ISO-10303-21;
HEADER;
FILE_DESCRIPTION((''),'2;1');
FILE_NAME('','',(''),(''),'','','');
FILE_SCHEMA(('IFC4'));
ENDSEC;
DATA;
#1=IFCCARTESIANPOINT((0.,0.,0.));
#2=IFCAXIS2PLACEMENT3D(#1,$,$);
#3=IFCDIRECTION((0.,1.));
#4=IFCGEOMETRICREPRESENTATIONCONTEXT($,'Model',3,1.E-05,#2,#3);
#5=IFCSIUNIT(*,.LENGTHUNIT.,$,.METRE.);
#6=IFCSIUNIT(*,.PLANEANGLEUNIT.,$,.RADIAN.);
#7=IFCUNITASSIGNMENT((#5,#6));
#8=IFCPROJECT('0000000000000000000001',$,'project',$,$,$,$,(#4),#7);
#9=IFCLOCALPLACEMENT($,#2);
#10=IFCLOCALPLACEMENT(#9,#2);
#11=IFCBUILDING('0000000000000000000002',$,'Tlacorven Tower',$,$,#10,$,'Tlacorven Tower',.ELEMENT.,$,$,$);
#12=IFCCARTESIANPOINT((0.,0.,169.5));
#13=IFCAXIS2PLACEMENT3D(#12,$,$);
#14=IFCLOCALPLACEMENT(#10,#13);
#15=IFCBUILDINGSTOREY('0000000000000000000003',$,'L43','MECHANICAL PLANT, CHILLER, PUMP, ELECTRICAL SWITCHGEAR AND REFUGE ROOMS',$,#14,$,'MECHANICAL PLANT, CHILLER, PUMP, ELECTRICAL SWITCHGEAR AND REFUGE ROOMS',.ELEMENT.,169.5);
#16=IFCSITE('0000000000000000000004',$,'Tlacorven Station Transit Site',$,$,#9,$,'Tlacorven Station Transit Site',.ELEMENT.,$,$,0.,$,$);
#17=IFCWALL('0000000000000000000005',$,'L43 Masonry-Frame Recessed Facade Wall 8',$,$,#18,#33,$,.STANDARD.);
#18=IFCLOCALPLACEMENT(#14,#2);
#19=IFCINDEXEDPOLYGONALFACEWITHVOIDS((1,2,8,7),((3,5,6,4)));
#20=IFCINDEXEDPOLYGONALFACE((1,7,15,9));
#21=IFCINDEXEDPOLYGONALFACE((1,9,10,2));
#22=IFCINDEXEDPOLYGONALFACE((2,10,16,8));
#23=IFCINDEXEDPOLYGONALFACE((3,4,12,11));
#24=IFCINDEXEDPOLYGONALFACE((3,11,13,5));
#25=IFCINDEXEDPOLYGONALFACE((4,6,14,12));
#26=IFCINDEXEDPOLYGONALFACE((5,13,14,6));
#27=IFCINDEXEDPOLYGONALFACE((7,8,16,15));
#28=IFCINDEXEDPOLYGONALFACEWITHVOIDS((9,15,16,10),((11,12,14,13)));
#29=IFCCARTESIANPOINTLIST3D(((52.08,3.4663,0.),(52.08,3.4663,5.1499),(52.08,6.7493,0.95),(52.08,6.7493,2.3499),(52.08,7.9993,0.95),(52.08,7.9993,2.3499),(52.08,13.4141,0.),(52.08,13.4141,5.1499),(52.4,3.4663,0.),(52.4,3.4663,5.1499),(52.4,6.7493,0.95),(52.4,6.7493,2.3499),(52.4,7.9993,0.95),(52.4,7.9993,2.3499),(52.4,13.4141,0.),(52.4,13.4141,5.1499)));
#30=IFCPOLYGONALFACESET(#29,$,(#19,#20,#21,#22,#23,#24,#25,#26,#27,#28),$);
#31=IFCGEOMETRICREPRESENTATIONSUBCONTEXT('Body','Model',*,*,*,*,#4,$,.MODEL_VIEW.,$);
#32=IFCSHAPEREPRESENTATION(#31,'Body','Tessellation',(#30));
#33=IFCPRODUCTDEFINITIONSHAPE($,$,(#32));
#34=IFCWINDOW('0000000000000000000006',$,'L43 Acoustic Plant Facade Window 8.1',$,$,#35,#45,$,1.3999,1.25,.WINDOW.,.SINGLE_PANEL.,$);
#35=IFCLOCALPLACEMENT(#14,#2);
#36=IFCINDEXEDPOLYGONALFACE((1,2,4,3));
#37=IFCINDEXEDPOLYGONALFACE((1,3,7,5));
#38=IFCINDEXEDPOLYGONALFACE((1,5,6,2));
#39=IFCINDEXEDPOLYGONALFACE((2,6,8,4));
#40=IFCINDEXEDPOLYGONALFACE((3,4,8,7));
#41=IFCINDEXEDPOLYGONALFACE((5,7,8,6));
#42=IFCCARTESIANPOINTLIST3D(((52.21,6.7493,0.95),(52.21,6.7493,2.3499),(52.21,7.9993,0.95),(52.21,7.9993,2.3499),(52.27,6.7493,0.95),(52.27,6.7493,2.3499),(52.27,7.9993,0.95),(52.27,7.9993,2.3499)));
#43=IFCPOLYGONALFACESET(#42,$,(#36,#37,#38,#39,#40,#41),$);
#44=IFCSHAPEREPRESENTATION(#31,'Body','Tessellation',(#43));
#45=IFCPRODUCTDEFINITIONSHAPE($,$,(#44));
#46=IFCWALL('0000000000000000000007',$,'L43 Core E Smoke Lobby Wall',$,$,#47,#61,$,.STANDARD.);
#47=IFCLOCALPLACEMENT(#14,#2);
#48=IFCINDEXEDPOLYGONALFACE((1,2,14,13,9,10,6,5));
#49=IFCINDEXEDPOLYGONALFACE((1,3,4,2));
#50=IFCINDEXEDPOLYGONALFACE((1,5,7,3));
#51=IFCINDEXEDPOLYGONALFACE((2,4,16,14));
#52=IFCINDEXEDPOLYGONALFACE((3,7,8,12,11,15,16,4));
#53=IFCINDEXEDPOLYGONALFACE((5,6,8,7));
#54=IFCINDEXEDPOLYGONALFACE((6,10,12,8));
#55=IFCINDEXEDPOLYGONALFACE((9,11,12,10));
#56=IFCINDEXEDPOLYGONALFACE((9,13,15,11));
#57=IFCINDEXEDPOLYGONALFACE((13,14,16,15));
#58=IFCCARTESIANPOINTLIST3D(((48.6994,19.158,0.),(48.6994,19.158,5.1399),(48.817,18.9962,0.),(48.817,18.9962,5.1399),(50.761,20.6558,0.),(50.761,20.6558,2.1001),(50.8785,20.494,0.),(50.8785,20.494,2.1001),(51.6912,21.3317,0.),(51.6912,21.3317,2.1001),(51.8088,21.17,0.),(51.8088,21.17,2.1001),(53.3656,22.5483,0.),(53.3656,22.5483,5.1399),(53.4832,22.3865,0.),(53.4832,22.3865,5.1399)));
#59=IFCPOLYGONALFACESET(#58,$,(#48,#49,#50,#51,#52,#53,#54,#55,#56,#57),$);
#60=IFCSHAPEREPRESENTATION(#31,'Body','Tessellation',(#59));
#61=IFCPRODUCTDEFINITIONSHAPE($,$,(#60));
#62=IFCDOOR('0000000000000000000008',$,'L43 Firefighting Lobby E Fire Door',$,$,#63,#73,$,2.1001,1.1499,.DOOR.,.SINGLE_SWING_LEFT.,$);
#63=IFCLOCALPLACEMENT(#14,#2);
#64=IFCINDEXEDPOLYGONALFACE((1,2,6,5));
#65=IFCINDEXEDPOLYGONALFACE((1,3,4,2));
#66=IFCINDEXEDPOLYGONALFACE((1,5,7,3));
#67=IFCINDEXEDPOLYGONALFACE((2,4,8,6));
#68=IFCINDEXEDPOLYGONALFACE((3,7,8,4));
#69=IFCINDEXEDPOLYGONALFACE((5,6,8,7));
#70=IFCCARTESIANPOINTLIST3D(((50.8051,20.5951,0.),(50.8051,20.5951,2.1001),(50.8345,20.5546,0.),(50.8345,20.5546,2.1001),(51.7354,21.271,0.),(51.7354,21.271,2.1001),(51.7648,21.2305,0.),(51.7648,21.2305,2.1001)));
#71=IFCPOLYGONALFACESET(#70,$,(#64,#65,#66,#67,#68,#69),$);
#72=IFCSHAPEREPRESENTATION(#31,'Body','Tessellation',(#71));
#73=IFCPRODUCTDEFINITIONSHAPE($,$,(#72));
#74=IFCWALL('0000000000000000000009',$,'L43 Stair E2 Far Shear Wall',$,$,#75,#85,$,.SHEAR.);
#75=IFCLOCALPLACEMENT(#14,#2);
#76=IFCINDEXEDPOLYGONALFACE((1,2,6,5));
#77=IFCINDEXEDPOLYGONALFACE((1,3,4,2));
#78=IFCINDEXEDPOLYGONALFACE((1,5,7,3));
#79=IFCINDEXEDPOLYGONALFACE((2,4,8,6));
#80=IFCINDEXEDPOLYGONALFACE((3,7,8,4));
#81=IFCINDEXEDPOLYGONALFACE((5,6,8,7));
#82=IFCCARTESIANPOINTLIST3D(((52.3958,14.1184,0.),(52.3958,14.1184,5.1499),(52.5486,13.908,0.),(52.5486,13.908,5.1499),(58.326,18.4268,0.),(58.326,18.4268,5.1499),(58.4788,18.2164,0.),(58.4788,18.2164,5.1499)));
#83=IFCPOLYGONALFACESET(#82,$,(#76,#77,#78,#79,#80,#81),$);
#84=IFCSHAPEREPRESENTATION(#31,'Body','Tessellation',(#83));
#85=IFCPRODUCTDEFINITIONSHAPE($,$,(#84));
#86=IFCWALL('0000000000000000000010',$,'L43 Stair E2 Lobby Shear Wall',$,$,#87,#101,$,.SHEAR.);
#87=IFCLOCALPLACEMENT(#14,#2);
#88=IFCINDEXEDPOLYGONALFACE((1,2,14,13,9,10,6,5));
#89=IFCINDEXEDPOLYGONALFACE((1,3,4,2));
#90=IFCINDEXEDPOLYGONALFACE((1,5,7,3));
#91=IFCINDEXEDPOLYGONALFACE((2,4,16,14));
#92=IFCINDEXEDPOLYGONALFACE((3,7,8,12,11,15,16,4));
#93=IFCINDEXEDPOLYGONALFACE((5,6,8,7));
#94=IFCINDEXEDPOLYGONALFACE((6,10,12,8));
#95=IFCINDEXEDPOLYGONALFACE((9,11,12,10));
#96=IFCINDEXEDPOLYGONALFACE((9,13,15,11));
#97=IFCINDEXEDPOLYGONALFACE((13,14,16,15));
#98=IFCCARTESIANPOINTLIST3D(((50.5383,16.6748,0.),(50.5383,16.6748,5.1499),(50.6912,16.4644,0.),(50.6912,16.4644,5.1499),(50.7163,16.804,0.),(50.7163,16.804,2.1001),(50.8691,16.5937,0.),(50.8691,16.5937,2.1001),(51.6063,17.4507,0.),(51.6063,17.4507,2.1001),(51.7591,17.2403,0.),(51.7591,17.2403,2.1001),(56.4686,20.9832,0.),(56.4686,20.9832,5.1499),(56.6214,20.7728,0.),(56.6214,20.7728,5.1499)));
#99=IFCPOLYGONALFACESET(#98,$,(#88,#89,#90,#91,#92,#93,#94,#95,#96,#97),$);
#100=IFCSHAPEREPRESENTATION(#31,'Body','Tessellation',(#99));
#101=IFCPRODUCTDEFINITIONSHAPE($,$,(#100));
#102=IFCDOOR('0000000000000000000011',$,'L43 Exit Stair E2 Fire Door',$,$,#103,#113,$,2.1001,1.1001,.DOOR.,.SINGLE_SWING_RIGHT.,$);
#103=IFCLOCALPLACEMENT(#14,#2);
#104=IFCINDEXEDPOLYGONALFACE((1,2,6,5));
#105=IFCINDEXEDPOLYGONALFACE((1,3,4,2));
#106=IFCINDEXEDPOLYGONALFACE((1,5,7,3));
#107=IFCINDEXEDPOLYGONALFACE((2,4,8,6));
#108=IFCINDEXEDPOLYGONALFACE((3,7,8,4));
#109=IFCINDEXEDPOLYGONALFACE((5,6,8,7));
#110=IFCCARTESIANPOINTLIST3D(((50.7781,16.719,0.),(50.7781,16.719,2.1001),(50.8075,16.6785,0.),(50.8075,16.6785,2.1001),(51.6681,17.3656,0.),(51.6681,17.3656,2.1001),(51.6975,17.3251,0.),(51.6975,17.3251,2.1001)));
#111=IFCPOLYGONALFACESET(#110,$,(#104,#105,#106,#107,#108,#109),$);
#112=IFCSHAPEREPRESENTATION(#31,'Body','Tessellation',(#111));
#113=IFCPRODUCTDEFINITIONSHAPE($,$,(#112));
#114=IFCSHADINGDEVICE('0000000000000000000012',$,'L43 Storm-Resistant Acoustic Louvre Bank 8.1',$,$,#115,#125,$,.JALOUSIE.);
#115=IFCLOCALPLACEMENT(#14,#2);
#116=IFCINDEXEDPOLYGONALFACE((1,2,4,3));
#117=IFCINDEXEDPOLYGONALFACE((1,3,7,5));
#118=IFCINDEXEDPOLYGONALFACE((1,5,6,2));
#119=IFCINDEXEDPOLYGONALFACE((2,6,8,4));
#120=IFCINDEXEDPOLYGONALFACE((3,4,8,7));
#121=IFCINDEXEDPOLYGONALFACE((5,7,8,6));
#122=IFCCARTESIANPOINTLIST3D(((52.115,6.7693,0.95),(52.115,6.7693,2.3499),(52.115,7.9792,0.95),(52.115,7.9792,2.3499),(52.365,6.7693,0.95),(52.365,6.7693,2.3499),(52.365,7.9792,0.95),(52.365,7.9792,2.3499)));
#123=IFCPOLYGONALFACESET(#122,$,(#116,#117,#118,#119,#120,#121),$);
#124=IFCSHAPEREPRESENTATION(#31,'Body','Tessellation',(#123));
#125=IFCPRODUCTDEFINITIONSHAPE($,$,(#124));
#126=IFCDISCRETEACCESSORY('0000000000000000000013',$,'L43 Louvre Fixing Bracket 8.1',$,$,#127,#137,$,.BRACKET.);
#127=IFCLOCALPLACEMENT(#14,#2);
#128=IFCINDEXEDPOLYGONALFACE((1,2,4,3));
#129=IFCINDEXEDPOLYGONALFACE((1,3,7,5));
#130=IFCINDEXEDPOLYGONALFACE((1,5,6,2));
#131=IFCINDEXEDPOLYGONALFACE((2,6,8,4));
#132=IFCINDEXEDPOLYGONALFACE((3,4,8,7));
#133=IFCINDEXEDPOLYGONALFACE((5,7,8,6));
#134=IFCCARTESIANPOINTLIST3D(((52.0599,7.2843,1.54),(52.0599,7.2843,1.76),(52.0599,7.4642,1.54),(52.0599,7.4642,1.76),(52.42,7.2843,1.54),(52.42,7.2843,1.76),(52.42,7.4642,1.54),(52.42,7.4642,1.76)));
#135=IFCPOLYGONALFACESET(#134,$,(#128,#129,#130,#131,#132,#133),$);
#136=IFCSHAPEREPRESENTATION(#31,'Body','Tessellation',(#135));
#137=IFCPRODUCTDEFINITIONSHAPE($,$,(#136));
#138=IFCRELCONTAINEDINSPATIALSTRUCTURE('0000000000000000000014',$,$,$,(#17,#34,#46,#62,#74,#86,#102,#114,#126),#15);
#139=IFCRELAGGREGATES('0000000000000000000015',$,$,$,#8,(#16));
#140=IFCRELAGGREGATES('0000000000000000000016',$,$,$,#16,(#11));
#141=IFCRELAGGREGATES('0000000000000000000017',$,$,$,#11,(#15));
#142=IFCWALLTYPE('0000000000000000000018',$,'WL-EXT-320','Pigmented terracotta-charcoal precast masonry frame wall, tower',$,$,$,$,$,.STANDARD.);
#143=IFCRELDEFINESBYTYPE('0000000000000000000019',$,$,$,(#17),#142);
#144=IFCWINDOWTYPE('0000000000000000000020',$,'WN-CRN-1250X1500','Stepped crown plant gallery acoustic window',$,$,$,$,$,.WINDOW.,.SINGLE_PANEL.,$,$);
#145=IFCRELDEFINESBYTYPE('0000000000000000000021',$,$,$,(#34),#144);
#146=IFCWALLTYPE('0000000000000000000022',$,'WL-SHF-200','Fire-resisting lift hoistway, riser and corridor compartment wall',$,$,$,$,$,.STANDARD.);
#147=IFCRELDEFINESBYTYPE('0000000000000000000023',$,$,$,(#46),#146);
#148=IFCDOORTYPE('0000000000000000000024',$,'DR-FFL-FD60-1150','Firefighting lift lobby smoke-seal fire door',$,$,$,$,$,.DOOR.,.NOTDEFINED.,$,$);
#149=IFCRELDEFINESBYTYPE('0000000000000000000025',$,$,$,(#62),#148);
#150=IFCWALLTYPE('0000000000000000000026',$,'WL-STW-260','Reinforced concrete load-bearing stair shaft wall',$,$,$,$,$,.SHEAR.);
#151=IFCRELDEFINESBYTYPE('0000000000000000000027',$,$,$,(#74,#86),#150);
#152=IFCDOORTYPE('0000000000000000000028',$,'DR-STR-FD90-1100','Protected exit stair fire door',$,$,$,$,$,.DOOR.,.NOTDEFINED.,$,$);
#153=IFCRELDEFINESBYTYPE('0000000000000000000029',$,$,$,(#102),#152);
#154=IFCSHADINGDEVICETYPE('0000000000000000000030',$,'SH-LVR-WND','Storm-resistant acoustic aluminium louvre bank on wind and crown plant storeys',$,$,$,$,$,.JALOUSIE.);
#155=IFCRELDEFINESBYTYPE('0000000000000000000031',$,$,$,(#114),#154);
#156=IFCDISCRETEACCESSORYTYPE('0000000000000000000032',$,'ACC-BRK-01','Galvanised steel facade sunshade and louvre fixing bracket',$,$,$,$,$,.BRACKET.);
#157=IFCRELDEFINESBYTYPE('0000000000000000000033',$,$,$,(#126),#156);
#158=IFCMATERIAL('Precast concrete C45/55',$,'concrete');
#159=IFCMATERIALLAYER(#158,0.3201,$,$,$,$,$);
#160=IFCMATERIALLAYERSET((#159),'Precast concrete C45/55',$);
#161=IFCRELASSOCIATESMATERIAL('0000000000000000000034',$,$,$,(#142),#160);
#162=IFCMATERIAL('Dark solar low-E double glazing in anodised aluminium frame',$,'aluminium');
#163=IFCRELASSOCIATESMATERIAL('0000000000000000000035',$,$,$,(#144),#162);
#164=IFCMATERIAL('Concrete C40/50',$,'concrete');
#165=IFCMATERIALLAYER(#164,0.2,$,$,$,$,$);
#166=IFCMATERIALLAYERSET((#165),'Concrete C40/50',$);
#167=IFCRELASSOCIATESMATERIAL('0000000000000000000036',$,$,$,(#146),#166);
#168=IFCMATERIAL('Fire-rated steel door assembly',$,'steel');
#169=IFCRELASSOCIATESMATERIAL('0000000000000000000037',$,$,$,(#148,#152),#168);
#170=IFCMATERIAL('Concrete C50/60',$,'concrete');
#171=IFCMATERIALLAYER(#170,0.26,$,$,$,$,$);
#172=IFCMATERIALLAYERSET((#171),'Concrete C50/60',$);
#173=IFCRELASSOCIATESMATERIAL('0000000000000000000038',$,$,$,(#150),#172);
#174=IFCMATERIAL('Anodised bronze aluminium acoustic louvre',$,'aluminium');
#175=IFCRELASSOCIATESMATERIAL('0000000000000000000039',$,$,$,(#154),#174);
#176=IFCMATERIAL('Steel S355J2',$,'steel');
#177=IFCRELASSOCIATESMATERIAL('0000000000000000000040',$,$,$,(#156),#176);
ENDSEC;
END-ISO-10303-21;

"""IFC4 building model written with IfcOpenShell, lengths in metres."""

from ifc_helpers import new_model, si_unit, direction, frame, frame_2d, origin, origin_2d, place, context, subcontext, project, spatial, rectangle, extrude, source, transform, mapped, material, layer, layer_set, type_object, element, fill, save


model = new_model("IFC4")

# Units and contexts
model_context = context("Model", 3, precision=1e-05, world=origin(), true_north=direction((0.0, 1.0)))
body_context = subcontext(model_context, "Body", "Model", "MODEL_VIEW")
ifc_project = project(units=[si_unit("LENGTHUNIT", "METRE"), si_unit("PLANEANGLEUNIT", "RADIAN")], contexts=[model_context])

# Site, building, storey
site_placement = place(None, origin())
site = spatial("IfcSite", under=ifc_project, at=site_placement, Name="Tlacorven Station Transit Site", LongName="Tlacorven Station Transit Site", CompositionType="ELEMENT", RefElevation=0.0)
building_placement = place(site_placement, origin())
building = spatial("IfcBuilding", under=site, at=building_placement, Name="Tlacorven Tower", LongName="Tlacorven Tower", CompositionType="ELEMENT")
storey_placement = place(building_placement, frame((0.0, 0.0, 169.5)))
storey = spatial("IfcBuildingStorey", under=building, at=storey_placement, Name="L43", Description="MECHANICAL PLANT, CHILLER, PUMP, ELECTRICAL SWITCHGEAR AND REFUGE ROOMS", LongName="MECHANICAL PLANT, CHILLER, PUMP, ELECTRICAL SWITCHGEAR AND REFUGE ROOMS", CompositionType="ELEMENT", Elevation=169.5)

# Wall, opening, window
ifc_material_1 = material(Name="Precast concrete C45/55", Category="concrete")
ifc_layer_1 = layer(ifc_material_1, 0.3201)
ifc_layer_set_1 = layer_set([ifc_layer_1], Name="Precast concrete C45/55")
wall_type_1 = type_object("IfcWallType", Name="WL-EXT-320", Description="Pigmented terracotta-charcoal precast masonry frame wall, tower", PredefinedType="STANDARD", material=ifc_layer_set_1)
wall_1_placement = place(storey_placement, frame((52.24, 13.4141, 0.0), z_axis=(0.0, 0.0, 1.0), x_axis=(0.0, -1.0, 0.0)))
wall_1 = element("IfcWall", 1, at=wall_1_placement, inside=storey, type_object=wall_type_1, Name="L43 Masonry-Frame Recessed Facade Wall 8", PredefinedType="STANDARD", context=body_context, shape_type="SweptSolid", body=[
    extrude(rectangle(XDim=9.9478, YDim=0.3201, at=frame_2d((4.9739, 0.0))), origin(), (0.0, 0.0, 1.0), 5.1499),
])
opening_1_placement = place(wall_1_placement, frame((5.4148, 0.0, 0.95)))
opening_1 = element("IfcOpeningElement", 2, at=opening_1_placement, cuts=wall_1, PredefinedType="OPENING", context=body_context, shape_type="SweptSolid", body=[
    extrude(rectangle(XDim=1.25, YDim=1.3999, at=frame_2d((0.625, 0.7))), frame((0.0, 0.1699, 0.0), z_axis=(0.0, -1.0, 0.0), x_axis=(1.0, 0.0, 0.0)), (0.0, 0.0, 1.0), 0.3401),
])
ifc_material_2 = material(Name="Dark solar low-E double glazing in anodised aluminium frame", Category="aluminium")
window_type = type_object("IfcWindowType", Name="WN-CRN-1250X1500", Description="Stepped crown plant gallery acoustic window", PartitioningType="SINGLE_PANEL", PredefinedType="WINDOW", material=ifc_material_2)
shared_shape_1 = source(origin(), body_context, "Body", "SweptSolid", [
    extrude(rectangle(XDim=1.25, YDim=1.3999, at=frame_2d((0.625, 0.7))), frame((0.0, 0.03, 0.0), z_axis=(0.0, -1.0, 0.0), x_axis=(1.0, 0.0, 0.0)), (0.0, 0.0, 1.0), 0.0601),
])
window_placement = place(opening_1_placement, origin())
window = element("IfcWindow", 3, at=window_placement, inside=storey, type_object=window_type, Name="L43 Acoustic Plant Facade Window 8.1", OverallHeight=1.3999, OverallWidth=1.25, PartitioningType="SINGLE_PANEL", PredefinedType="WINDOW", context=body_context, shape_type="MappedRepresentation", body=[
    mapped(shared_shape_1, transform((0.0, 0.0, 0.0), scale=1.0)),
])
fill(opening_1, window)

# Wall, opening, door
ifc_material_3 = material(Name="Concrete C40/50", Category="concrete")
ifc_layer_2 = layer(ifc_material_3, 0.2)
ifc_layer_set_2 = layer_set([ifc_layer_2], Name="Concrete C40/50")
wall_type_2 = type_object("IfcWallType", Name="WL-SHF-200", Description="Fire-resisting lift hoistway, riser and corridor compartment wall", PredefinedType="STANDARD", material=ifc_layer_set_2)
wall_2_placement = place(storey_placement, frame((48.7583, 19.0771, 0.0), z_axis=(0.0, 0.0, 1.0), x_axis=(0.809005, 0.587802, 0.0)))
wall_2 = element("IfcWall", 4, at=wall_2_placement, inside=storey, type_object=wall_type_2, Name="L43 Core E Smoke Lobby Wall", PredefinedType="STANDARD", context=body_context, shape_type="SweptSolid", body=[
    extrude(rectangle(XDim=5.7678, YDim=0.2, at=frame_2d((2.8838, 0.0))), origin(), (0.0, 0.0, 1.0), 5.1399),
])
opening_2_placement = place(wall_2_placement, frame((2.5481, 0.0, 0.0)))
opening_2 = element("IfcOpeningElement", 5, at=opening_2_placement, cuts=wall_2, PredefinedType="OPENING", context=body_context, shape_type="SweptSolid", body=[
    extrude(rectangle(XDim=1.1499, YDim=2.1001, at=frame_2d((0.575, 1.05))), frame((0.0, 0.1099, 0.0), z_axis=(0.0, -1.0, 0.0), x_axis=(1.0, 0.0, 0.0)), (0.0, 0.0, 1.0), 0.22),
])
ifc_material_4 = material(Name="Fire-rated steel door assembly", Category="steel")
door_type_1 = type_object("IfcDoorType", Name="DR-FFL-FD60-1150", Description="Firefighting lift lobby smoke-seal fire door", OperationType="NOTDEFINED", PredefinedType="DOOR", material=ifc_material_4)
shared_shape_2 = source(origin(), body_context, "Body", "SweptSolid", [
    extrude(rectangle(XDim=1.1499, YDim=2.1001, at=frame_2d((0.575, 1.05))), frame((0.0, 0.0249, 0.0), z_axis=(0.0, -1.0, 0.0), x_axis=(1.0, 0.0, 0.0)), (0.0, 0.0, 1.0), 0.05),
])
door_1_placement = place(opening_2_placement, origin())
door_1 = element("IfcDoor", 6, at=door_1_placement, inside=storey, type_object=door_type_1, Name="L43 Firefighting Lobby E Fire Door", OperationType="SINGLE_SWING_LEFT", OverallHeight=2.1001, OverallWidth=1.1499, PredefinedType="DOOR", context=body_context, shape_type="MappedRepresentation", body=[
    mapped(shared_shape_2, transform((0.0, 0.0, 0.0), scale=1.0)),
])
fill(opening_2, door_1)

# Wall
ifc_material_5 = material(Name="Concrete C50/60", Category="concrete")
ifc_layer_3 = layer(ifc_material_5, 0.26)
ifc_layer_set_3 = layer_set([ifc_layer_3], Name="Concrete C50/60")
wall_type_3 = type_object("IfcWallType", Name="WL-STW-260", Description="Reinforced concrete load-bearing stair shaft wall", PredefinedType="SHEAR", material=ifc_layer_set_3)
wall_3_placement = place(storey_placement, frame((52.4722, 14.0132, 0.0), z_axis=(0.0, 0.0, 1.0), x_axis=(0.809028, 0.58777, 0.0)))
element("IfcWall", 7, at=wall_3_placement, inside=storey, type_object=wall_type_3, Name="L43 Stair E2 Far Shear Wall", PredefinedType="SHEAR", context=body_context, shape_type="SweptSolid", body=[
    extrude(rectangle(XDim=7.3301, YDim=0.26, at=frame_2d((3.665, 0.0))), origin(), (0.0, 0.0, 1.0), 5.1499),
])

# Wall, opening, door
wall_4_placement = place(storey_placement, frame((50.6147, 16.5696, 0.0), z_axis=(0.0, 0.0, 1.0), x_axis=(0.809028, 0.58777, 0.0)))
wall_4 = element("IfcWall", 8, at=wall_4_placement, inside=storey, type_object=wall_type_3, Name="L43 Stair E2 Lobby Shear Wall", PredefinedType="SHEAR", context=body_context, shape_type="SweptSolid", body=[
    extrude(rectangle(XDim=7.3301, YDim=0.26, at=frame_2d((3.665, 0.0))), origin(), (0.0, 0.0, 1.0), 5.1499),
])
opening_3_placement = place(wall_4_placement, frame((0.22, 0.0, 0.0)))
opening_3 = element("IfcOpeningElement", 9, at=opening_3_placement, cuts=wall_4, PredefinedType="OPENING", context=body_context, shape_type="SweptSolid", body=[
    extrude(rectangle(XDim=1.1001, YDim=2.1001, at=frame_2d((0.55, 1.05))), frame((0.0, 0.1401, 0.0), z_axis=(0.0, -1.0, 0.0), x_axis=(1.0, 0.0, 0.0)), (0.0, 0.0, 1.0), 0.28),
])
door_type_2 = type_object("IfcDoorType", Name="DR-STR-FD90-1100", Description="Protected exit stair fire door", OperationType="NOTDEFINED", PredefinedType="DOOR", material=ifc_material_4)
shared_shape_3 = source(origin(), body_context, "Body", "SweptSolid", [
    extrude(rectangle(XDim=1.1001, YDim=2.1001, at=frame_2d((0.55, 1.05))), frame((0.0, 0.0249, 0.0), z_axis=(0.0, -1.0, 0.0), x_axis=(1.0, 0.0, 0.0)), (0.0, 0.0, 1.0), 0.05),
])
door_2_placement = place(opening_3_placement, origin())
door_2 = element("IfcDoor", 10, at=door_2_placement, inside=storey, type_object=door_type_2, Name="L43 Exit Stair E2 Fire Door", OperationType="SINGLE_SWING_RIGHT", OverallHeight=2.1001, OverallWidth=1.1001, PredefinedType="DOOR", context=body_context, shape_type="MappedRepresentation", body=[
    mapped(shared_shape_3, transform((0.0, 0.0, 0.0), scale=1.0)),
])
fill(opening_3, door_2)

# Shading device
ifc_material_6 = material(Name="Anodised bronze aluminium acoustic louvre", Category="aluminium")
shading_device_type = type_object("IfcShadingDeviceType", Name="SH-LVR-WND", Description="Storm-resistant acoustic aluminium louvre bank on wind and crown plant storeys", PredefinedType="JALOUSIE", material=ifc_material_6)
shared_shape_4 = source(origin(), body_context, "Body", "SweptSolid", [
    extrude(rectangle(XDim=1.21, YDim=0.25, at=origin_2d()), origin(), (0.0, 0.0, 1.0), 1.3999),
])
shading_device_placement = place(storey_placement, frame((52.24, 7.3743, 0.95), z_axis=(0.0, 0.0, 1.0), x_axis=(0.0, -1.0, 0.0)))
element("IfcShadingDevice", 11, at=shading_device_placement, inside=storey, type_object=shading_device_type, Name="L43 Storm-Resistant Acoustic Louvre Bank 8.1", PredefinedType="JALOUSIE", context=body_context, shape_type="MappedRepresentation", body=[
    mapped(shared_shape_4, transform((0.0, 0.0, 0.0), scale=1.0)),
])

# Discrete accessory
ifc_material_7 = material(Name="Steel S355J2", Category="steel")
discrete_accessory_type = type_object("IfcDiscreteAccessoryType", Name="ACC-BRK-01", Description="Galvanised steel facade sunshade and louvre fixing bracket", PredefinedType="BRACKET", material=ifc_material_7)
shared_shape_5 = source(origin(), body_context, "Body", "SweptSolid", [
    extrude(rectangle(XDim=0.1799, YDim=0.3601, at=origin_2d()), origin(), (0.0, 0.0, 1.0), 0.22),
])
discrete_accessory_placement = place(storey_placement, frame((52.24, 7.3743, 1.54), z_axis=(0.0, 0.0, 1.0), x_axis=(0.0, -1.0, 0.0)))
element("IfcDiscreteAccessory", 12, at=discrete_accessory_placement, inside=storey, type_object=discrete_accessory_type, Name="L43 Louvre Fixing Bracket 8.1", PredefinedType="BRACKET", context=body_context, shape_type="MappedRepresentation", body=[
    mapped(shared_shape_5, transform((0.0, 0.0, 0.0), scale=1.0)),
])

save(model, "model.ifc")
